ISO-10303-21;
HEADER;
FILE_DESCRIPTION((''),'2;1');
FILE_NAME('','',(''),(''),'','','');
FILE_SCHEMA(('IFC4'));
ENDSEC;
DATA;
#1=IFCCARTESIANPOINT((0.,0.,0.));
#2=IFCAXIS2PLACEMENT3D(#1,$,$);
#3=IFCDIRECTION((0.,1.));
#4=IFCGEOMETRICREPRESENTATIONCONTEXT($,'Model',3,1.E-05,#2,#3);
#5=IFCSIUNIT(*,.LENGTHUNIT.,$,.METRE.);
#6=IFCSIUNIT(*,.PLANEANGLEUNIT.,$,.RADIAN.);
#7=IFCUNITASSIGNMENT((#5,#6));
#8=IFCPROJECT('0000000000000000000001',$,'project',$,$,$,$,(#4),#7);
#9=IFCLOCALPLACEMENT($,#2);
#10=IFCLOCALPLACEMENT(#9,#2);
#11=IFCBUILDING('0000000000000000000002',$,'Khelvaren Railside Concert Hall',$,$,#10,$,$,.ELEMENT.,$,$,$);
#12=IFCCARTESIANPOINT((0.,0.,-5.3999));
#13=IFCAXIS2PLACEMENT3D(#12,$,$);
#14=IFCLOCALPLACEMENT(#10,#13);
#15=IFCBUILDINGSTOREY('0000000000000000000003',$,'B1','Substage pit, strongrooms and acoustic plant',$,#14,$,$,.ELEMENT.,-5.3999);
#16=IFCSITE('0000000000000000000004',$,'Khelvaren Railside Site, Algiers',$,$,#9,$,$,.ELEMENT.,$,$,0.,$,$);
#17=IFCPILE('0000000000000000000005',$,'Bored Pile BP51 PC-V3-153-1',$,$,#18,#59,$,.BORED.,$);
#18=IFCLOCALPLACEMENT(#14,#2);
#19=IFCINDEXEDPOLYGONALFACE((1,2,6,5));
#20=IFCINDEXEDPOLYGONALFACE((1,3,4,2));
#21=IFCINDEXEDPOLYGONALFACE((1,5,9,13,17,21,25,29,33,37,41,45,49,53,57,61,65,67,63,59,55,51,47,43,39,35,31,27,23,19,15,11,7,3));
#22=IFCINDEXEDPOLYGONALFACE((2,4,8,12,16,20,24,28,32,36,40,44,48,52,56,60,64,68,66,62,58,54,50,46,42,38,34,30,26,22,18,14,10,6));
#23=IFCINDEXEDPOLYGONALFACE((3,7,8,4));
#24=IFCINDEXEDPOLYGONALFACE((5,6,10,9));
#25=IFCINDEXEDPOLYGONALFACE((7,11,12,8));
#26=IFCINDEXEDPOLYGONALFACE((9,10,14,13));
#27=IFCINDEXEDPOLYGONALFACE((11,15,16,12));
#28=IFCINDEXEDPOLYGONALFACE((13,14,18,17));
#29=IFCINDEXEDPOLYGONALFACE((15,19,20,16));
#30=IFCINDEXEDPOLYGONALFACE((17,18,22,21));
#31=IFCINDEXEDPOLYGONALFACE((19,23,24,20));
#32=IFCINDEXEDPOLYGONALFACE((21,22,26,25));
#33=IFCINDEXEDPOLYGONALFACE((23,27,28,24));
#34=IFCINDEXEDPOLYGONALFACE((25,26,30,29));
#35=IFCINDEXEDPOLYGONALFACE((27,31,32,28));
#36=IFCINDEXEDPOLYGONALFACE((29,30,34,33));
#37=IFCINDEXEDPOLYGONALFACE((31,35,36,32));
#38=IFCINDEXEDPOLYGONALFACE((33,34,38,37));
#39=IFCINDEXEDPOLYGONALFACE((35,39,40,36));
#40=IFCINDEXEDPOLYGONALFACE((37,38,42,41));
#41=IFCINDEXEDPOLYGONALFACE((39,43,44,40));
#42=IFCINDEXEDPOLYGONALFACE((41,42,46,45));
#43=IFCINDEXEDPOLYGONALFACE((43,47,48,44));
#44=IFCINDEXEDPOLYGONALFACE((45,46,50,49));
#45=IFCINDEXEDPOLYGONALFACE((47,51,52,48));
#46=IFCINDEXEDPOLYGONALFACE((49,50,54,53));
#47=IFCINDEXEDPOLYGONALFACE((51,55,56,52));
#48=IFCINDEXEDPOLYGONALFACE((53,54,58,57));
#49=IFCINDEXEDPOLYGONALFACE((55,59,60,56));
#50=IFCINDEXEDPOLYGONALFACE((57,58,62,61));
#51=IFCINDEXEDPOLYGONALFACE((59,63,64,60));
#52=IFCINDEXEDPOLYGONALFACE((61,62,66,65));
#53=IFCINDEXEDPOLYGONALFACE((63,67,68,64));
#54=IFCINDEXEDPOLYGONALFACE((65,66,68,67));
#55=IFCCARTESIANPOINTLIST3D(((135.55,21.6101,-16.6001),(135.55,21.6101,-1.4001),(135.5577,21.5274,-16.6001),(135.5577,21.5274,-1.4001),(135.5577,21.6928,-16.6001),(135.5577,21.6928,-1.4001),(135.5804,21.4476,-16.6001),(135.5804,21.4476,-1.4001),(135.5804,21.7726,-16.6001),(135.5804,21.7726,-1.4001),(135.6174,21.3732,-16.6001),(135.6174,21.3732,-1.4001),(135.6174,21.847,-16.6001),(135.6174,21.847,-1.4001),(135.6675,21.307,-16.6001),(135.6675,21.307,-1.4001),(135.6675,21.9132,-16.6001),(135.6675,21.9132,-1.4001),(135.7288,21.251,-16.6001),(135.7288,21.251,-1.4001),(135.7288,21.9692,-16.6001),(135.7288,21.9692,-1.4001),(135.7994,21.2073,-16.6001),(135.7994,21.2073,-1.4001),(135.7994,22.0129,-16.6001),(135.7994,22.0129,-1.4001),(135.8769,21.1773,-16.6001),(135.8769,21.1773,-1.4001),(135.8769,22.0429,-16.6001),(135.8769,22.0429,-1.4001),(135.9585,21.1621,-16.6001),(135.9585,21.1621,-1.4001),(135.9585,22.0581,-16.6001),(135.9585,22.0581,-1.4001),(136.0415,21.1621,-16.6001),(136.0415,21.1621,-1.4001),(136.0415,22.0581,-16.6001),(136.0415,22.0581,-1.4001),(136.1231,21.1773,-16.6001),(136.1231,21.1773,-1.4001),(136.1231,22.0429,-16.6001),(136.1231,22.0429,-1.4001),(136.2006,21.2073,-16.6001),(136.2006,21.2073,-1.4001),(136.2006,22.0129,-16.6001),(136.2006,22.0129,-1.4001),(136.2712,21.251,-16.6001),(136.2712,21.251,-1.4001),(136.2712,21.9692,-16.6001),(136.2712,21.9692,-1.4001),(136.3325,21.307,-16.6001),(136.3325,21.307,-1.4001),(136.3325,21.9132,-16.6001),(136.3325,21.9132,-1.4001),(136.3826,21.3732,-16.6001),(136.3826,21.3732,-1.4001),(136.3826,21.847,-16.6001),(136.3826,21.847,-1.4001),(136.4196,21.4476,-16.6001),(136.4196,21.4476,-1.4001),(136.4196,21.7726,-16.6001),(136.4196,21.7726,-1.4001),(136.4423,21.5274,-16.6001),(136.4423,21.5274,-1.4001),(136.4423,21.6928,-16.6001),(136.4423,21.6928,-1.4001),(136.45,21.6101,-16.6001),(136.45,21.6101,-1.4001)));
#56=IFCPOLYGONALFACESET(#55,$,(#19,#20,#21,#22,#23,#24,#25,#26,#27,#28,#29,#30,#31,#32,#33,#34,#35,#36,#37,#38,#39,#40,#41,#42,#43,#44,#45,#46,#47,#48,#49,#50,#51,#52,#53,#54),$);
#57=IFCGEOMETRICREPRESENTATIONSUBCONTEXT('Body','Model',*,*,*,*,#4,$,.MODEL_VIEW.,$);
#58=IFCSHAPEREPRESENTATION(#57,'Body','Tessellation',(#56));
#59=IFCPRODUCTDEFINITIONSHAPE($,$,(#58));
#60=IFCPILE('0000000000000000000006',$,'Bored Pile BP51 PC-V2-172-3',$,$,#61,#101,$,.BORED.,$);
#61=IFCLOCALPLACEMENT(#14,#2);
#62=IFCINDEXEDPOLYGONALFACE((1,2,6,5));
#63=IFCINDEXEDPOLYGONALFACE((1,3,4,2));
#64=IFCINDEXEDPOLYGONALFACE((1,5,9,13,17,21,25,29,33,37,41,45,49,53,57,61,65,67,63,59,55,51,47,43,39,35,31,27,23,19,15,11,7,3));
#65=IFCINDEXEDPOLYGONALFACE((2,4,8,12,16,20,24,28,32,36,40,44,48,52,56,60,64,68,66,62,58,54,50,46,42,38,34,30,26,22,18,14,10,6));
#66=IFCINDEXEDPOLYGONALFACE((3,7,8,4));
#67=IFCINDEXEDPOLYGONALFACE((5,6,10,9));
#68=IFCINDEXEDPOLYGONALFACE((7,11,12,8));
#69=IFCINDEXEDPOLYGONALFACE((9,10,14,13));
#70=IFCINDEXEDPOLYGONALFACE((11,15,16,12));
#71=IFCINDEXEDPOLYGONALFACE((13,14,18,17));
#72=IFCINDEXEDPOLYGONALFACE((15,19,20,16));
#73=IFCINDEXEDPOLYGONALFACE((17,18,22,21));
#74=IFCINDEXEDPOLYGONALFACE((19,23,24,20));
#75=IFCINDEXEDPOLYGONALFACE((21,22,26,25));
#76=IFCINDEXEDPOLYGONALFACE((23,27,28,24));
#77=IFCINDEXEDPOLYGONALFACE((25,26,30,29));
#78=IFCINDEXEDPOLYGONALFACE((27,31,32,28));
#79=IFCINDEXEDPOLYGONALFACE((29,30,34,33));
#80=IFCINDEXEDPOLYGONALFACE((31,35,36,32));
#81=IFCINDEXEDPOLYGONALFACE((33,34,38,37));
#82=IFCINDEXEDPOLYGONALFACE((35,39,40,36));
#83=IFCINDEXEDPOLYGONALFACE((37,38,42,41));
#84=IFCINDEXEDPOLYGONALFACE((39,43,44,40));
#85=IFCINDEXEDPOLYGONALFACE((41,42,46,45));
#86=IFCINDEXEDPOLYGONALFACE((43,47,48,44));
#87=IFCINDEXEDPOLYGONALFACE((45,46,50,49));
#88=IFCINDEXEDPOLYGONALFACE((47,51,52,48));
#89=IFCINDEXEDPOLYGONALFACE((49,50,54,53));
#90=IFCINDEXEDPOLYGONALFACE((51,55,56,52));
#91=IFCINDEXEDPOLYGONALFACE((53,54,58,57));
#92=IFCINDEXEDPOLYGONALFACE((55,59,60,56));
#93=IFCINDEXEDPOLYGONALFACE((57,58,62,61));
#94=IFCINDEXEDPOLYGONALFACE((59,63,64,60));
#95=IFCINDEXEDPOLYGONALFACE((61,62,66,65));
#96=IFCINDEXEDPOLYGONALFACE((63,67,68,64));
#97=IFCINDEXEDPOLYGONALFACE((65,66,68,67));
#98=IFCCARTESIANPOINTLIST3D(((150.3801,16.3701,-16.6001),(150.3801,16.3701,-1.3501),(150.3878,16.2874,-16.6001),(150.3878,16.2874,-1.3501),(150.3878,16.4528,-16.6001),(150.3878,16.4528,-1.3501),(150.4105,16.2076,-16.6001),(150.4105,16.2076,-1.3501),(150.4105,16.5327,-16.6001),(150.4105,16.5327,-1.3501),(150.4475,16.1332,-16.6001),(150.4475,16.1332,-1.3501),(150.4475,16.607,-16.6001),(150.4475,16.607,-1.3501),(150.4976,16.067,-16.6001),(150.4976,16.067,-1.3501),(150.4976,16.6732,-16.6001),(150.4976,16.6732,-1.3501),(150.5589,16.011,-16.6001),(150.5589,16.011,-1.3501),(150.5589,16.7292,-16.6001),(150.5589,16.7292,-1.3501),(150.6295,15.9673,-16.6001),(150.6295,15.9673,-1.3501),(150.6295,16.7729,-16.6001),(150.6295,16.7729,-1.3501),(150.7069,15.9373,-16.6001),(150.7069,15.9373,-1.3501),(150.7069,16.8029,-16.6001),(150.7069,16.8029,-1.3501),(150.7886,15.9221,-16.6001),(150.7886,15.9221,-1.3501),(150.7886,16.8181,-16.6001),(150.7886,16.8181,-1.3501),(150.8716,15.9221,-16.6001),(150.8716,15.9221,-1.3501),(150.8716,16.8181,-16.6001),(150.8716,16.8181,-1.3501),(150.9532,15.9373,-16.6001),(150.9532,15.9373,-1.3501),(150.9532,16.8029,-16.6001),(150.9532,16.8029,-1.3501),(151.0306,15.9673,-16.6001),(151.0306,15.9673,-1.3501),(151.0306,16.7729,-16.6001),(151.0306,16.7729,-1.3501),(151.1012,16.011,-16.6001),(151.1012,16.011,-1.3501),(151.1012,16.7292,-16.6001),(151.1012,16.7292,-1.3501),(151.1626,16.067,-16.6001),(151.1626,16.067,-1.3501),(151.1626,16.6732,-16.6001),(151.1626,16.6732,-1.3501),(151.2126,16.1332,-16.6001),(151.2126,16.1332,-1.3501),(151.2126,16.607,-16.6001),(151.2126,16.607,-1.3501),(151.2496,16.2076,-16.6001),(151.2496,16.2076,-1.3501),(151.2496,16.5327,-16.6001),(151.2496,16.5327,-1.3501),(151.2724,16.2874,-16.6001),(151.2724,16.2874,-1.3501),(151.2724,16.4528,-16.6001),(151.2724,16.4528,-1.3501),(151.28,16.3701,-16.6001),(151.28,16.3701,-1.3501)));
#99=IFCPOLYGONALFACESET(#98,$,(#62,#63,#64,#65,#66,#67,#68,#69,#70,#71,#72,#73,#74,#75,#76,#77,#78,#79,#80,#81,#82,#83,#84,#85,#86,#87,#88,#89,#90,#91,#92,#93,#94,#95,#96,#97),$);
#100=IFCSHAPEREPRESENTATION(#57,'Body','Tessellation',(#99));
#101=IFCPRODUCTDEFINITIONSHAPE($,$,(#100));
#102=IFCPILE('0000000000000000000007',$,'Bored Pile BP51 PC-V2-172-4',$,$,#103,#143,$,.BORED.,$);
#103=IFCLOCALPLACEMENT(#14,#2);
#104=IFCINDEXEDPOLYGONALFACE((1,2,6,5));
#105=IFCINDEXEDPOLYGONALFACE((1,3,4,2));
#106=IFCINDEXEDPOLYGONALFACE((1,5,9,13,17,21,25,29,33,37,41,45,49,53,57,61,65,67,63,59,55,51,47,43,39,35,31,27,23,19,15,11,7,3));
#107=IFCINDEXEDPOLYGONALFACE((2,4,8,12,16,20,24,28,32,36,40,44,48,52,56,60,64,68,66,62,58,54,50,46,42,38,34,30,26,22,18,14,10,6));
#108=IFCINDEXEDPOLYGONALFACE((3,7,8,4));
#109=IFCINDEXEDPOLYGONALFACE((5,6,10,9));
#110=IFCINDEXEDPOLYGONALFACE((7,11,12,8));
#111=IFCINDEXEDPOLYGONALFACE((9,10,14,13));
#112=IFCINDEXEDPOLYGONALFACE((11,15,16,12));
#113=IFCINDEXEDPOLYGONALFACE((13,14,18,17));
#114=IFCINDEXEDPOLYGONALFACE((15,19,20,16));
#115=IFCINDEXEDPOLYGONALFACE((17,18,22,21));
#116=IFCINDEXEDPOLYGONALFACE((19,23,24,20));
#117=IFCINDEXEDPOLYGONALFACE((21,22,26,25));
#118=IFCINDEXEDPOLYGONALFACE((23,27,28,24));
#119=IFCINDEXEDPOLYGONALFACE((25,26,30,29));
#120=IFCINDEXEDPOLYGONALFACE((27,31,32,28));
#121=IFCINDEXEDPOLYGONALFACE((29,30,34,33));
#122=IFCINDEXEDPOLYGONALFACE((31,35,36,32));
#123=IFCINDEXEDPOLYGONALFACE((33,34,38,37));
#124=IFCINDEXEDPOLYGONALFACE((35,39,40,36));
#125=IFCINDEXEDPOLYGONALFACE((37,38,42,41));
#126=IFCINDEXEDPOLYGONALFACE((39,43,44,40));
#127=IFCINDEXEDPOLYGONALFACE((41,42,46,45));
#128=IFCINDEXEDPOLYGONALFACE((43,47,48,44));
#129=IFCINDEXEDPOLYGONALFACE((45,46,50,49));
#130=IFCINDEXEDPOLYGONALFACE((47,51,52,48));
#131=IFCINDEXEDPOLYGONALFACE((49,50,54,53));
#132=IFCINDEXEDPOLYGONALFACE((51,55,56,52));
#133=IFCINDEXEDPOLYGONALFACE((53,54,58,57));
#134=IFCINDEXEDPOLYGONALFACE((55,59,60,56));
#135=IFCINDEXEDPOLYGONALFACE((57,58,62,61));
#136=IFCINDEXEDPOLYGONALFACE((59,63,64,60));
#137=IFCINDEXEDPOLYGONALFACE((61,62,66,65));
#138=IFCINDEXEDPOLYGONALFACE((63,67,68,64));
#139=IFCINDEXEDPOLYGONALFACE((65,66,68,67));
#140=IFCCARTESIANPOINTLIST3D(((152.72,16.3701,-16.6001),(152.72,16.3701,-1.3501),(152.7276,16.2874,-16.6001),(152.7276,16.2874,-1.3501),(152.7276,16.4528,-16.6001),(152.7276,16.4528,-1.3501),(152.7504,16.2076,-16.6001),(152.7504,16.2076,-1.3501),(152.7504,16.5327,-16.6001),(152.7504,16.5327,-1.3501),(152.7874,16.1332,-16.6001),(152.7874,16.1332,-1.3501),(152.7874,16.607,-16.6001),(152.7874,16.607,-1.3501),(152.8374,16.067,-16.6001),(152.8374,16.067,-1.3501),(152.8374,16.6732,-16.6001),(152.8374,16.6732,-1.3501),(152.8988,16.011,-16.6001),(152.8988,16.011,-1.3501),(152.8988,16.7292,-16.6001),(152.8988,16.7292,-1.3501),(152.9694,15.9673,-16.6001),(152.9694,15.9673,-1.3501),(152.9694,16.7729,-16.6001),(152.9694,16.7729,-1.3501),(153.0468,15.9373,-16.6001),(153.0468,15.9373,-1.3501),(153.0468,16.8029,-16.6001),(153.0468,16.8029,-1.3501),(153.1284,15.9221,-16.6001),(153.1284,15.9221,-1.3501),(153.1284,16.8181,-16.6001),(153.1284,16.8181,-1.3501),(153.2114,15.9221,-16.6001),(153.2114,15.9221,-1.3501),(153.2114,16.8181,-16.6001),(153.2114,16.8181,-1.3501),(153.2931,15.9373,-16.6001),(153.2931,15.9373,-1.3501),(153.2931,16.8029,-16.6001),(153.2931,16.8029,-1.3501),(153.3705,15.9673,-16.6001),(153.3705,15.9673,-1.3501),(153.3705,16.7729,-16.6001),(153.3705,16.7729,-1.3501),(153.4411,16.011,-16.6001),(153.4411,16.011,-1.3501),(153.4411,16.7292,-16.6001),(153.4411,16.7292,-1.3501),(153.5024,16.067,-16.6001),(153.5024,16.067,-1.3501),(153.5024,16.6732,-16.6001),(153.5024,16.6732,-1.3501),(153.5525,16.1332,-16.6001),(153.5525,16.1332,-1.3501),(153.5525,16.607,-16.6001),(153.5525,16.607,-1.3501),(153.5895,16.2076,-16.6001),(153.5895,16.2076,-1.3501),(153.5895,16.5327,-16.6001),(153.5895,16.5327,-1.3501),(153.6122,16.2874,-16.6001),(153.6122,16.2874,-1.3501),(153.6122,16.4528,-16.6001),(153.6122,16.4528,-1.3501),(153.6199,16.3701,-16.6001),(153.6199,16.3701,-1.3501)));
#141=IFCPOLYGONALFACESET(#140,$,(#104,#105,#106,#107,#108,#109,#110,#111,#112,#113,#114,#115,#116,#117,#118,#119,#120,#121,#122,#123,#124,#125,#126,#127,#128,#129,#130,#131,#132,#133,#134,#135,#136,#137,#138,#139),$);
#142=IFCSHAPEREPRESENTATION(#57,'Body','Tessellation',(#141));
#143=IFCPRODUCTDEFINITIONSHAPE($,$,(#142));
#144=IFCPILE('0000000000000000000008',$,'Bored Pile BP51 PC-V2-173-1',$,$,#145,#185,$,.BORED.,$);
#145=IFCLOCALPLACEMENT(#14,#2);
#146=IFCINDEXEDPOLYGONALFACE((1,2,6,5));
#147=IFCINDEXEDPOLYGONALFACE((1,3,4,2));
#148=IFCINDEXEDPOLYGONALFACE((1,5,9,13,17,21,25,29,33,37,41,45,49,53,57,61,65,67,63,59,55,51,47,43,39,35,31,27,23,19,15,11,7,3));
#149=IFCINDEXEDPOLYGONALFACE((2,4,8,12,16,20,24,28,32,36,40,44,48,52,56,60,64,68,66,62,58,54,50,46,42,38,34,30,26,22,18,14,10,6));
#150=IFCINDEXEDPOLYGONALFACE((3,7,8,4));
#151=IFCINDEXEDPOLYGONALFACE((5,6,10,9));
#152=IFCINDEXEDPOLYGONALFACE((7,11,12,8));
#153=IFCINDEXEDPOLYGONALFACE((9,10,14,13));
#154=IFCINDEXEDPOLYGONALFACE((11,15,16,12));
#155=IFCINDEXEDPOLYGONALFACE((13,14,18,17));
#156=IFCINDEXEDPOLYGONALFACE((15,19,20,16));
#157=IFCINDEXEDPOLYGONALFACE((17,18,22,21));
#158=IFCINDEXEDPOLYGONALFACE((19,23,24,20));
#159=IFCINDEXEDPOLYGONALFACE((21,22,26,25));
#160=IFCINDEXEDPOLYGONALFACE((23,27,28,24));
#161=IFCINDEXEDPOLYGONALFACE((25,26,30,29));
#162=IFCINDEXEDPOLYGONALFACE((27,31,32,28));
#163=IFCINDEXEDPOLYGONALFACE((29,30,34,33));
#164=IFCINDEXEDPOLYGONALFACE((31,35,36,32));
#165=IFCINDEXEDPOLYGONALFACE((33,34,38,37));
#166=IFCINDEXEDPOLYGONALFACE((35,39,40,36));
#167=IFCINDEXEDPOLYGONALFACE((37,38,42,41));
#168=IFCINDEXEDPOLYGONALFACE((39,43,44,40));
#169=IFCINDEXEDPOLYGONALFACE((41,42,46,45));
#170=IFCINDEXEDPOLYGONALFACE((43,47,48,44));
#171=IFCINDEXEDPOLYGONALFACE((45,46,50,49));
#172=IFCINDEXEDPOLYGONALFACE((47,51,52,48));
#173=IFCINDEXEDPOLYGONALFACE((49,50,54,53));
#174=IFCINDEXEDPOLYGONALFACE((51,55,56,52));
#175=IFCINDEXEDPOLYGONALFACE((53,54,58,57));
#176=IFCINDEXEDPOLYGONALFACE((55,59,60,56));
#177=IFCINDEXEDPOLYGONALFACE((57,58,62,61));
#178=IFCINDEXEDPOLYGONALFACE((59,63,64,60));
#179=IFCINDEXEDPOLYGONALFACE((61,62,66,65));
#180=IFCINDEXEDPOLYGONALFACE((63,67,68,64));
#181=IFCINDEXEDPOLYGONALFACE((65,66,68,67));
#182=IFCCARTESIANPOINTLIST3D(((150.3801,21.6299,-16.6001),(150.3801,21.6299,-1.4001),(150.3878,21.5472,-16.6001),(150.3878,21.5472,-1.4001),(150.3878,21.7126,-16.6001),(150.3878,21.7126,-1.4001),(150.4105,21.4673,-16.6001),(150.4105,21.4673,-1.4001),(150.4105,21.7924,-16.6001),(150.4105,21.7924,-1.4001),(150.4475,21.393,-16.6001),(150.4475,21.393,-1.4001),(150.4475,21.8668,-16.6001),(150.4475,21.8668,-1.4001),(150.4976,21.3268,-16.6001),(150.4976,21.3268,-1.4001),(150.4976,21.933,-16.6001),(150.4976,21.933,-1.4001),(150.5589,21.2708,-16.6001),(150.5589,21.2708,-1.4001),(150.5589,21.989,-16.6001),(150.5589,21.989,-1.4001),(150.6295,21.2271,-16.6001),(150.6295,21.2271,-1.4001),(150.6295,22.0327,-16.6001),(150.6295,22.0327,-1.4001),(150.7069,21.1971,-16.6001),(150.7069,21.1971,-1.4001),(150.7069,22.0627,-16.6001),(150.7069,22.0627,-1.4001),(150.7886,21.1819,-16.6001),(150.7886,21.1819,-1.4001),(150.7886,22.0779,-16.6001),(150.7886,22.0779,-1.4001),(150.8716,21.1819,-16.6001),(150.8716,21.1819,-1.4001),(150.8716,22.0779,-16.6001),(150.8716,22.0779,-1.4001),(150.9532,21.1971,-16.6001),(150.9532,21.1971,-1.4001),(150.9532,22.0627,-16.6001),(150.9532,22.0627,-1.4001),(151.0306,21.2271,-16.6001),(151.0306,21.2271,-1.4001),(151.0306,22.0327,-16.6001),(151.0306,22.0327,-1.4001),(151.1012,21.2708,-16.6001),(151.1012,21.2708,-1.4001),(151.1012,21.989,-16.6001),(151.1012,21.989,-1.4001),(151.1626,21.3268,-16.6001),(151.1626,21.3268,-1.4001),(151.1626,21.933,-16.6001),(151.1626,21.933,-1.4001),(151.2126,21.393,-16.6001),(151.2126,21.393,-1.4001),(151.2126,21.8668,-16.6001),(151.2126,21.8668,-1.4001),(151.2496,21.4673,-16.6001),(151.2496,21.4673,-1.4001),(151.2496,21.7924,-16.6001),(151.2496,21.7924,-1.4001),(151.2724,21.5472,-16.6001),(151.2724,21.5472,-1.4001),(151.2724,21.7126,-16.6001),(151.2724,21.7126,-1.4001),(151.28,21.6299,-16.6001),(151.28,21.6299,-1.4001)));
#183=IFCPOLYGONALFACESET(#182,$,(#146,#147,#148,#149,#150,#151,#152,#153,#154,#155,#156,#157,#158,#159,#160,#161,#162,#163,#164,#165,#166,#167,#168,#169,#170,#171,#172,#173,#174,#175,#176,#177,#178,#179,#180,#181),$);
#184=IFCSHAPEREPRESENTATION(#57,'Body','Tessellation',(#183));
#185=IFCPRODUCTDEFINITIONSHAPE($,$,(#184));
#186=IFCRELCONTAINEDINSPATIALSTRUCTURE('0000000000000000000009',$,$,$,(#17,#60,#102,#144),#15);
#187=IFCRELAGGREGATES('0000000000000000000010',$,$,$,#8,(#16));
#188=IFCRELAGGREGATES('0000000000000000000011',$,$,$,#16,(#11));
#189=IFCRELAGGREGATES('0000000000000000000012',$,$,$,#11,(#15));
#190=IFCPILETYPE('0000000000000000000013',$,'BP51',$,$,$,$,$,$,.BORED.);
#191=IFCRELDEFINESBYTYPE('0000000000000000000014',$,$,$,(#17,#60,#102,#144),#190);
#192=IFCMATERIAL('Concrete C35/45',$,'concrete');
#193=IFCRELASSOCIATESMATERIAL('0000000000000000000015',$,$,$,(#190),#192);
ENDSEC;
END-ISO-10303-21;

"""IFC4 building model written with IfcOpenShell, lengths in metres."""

from ifc_helpers import new_model, si_unit, direction, frame, origin, origin_2d, place, context, subcontext, project, spatial, circle, extrude, material, material_profile, profile_set, type_object, element, save


model = new_model("IFC4")

# Units and contexts
model_context = context("Model", 3, precision=1e-05, world=origin(), true_north=direction((0.0, 1.0)))
body_context = subcontext(model_context, "Body", "Model", "MODEL_VIEW")
ifc_project = project(units=[si_unit("LENGTHUNIT", "METRE"), si_unit("PLANEANGLEUNIT", "RADIAN")], contexts=[model_context])

# Site, building, storey
site_placement = place(None, origin())
site = spatial("IfcSite", under=ifc_project, at=site_placement, Name="Khelvaren Railside Site, Algiers", CompositionType="ELEMENT", RefElevation=0.0)
building_placement = place(site_placement, origin())
building = spatial("IfcBuilding", under=site, at=building_placement, Name="Khelvaren Railside Concert Hall", CompositionType="ELEMENT")
storey_placement = place(building_placement, frame((0.0, 0.0, -5.3999)))
storey = spatial("IfcBuildingStorey", under=building, at=storey_placement, Name="B1", Description="Substage pit, strongrooms and acoustic plant", CompositionType="ELEMENT", Elevation=-5.3999)

# Piles
ifc_material_1 = material(Name="Concrete C35/45", Category="concrete")
ifc_material_profile_1 = material_profile(ifc_material_1, circle(Radius=0.45, at=origin_2d()), Name="BP D900")
ifc_profile_set_1 = profile_set([ifc_material_profile_1], Name="Concrete C35/45")
pile_type_1 = type_object("IfcPileType", Name="BP51", PredefinedType="BORED", material=ifc_profile_set_1)
pile_1_placement = place(storey_placement, frame((136.0, 21.6101, -1.4001), z_axis=(0.0, 0.0, -1.0), x_axis=(1.0, 0.0, 0.0)))
element("IfcPile", 1, at=pile_1_placement, inside=storey, type_object=pile_type_1, Name="Bored Pile BP51 PC-V3-153-1", PredefinedType="BORED", context=body_context, shape_type="SweptSolid", body=[
    extrude(circle(Radius=0.45, at=origin_2d()), origin(), (0.0, 0.0, 1.0), 15.2),
])
for number, where, z_axis, x_axis, name in (
    (2, (150.8301, 16.3701, -1.3501), (0.0, 0.0, -1.0), (1.0, 0.0, 0.0), "Bored Pile BP51 PC-V2-172-3"),
    (3, (153.1699, 16.3701, -1.3501), (0.0, 0.0, -1.0), (1.0, 0.0, 0.0), "Bored Pile BP51 PC-V2-172-4"),
):
    element("IfcPile", number, at=place(storey_placement, frame(where, z_axis=z_axis, x_axis=x_axis)), inside=storey, type_object=pile_type_1, Name=name, PredefinedType="BORED", context=body_context, shape_type="SweptSolid", body=[
        extrude(circle(Radius=0.45, at=origin_2d()), origin(), (0.0, 0.0, 1.0), 15.25),
    ])
for number, where, z_axis, x_axis, name in (
    (4, (150.8301, 21.6299, -1.4001), (0.0, 0.0, -1.0), (1.0, 0.0, 0.0), "Bored Pile BP51 PC-V2-173-1"),
):
    element("IfcPile", number, at=place(storey_placement, frame(where, z_axis=z_axis, x_axis=x_axis)), inside=storey, type_object=pile_type_1, Name=name, PredefinedType="BORED", context=body_context, shape_type="SweptSolid", body=[
        extrude(circle(Radius=0.45, at=origin_2d()), origin(), (0.0, 0.0, 1.0), 15.2),
    ])

save(model, "model.ifc")
